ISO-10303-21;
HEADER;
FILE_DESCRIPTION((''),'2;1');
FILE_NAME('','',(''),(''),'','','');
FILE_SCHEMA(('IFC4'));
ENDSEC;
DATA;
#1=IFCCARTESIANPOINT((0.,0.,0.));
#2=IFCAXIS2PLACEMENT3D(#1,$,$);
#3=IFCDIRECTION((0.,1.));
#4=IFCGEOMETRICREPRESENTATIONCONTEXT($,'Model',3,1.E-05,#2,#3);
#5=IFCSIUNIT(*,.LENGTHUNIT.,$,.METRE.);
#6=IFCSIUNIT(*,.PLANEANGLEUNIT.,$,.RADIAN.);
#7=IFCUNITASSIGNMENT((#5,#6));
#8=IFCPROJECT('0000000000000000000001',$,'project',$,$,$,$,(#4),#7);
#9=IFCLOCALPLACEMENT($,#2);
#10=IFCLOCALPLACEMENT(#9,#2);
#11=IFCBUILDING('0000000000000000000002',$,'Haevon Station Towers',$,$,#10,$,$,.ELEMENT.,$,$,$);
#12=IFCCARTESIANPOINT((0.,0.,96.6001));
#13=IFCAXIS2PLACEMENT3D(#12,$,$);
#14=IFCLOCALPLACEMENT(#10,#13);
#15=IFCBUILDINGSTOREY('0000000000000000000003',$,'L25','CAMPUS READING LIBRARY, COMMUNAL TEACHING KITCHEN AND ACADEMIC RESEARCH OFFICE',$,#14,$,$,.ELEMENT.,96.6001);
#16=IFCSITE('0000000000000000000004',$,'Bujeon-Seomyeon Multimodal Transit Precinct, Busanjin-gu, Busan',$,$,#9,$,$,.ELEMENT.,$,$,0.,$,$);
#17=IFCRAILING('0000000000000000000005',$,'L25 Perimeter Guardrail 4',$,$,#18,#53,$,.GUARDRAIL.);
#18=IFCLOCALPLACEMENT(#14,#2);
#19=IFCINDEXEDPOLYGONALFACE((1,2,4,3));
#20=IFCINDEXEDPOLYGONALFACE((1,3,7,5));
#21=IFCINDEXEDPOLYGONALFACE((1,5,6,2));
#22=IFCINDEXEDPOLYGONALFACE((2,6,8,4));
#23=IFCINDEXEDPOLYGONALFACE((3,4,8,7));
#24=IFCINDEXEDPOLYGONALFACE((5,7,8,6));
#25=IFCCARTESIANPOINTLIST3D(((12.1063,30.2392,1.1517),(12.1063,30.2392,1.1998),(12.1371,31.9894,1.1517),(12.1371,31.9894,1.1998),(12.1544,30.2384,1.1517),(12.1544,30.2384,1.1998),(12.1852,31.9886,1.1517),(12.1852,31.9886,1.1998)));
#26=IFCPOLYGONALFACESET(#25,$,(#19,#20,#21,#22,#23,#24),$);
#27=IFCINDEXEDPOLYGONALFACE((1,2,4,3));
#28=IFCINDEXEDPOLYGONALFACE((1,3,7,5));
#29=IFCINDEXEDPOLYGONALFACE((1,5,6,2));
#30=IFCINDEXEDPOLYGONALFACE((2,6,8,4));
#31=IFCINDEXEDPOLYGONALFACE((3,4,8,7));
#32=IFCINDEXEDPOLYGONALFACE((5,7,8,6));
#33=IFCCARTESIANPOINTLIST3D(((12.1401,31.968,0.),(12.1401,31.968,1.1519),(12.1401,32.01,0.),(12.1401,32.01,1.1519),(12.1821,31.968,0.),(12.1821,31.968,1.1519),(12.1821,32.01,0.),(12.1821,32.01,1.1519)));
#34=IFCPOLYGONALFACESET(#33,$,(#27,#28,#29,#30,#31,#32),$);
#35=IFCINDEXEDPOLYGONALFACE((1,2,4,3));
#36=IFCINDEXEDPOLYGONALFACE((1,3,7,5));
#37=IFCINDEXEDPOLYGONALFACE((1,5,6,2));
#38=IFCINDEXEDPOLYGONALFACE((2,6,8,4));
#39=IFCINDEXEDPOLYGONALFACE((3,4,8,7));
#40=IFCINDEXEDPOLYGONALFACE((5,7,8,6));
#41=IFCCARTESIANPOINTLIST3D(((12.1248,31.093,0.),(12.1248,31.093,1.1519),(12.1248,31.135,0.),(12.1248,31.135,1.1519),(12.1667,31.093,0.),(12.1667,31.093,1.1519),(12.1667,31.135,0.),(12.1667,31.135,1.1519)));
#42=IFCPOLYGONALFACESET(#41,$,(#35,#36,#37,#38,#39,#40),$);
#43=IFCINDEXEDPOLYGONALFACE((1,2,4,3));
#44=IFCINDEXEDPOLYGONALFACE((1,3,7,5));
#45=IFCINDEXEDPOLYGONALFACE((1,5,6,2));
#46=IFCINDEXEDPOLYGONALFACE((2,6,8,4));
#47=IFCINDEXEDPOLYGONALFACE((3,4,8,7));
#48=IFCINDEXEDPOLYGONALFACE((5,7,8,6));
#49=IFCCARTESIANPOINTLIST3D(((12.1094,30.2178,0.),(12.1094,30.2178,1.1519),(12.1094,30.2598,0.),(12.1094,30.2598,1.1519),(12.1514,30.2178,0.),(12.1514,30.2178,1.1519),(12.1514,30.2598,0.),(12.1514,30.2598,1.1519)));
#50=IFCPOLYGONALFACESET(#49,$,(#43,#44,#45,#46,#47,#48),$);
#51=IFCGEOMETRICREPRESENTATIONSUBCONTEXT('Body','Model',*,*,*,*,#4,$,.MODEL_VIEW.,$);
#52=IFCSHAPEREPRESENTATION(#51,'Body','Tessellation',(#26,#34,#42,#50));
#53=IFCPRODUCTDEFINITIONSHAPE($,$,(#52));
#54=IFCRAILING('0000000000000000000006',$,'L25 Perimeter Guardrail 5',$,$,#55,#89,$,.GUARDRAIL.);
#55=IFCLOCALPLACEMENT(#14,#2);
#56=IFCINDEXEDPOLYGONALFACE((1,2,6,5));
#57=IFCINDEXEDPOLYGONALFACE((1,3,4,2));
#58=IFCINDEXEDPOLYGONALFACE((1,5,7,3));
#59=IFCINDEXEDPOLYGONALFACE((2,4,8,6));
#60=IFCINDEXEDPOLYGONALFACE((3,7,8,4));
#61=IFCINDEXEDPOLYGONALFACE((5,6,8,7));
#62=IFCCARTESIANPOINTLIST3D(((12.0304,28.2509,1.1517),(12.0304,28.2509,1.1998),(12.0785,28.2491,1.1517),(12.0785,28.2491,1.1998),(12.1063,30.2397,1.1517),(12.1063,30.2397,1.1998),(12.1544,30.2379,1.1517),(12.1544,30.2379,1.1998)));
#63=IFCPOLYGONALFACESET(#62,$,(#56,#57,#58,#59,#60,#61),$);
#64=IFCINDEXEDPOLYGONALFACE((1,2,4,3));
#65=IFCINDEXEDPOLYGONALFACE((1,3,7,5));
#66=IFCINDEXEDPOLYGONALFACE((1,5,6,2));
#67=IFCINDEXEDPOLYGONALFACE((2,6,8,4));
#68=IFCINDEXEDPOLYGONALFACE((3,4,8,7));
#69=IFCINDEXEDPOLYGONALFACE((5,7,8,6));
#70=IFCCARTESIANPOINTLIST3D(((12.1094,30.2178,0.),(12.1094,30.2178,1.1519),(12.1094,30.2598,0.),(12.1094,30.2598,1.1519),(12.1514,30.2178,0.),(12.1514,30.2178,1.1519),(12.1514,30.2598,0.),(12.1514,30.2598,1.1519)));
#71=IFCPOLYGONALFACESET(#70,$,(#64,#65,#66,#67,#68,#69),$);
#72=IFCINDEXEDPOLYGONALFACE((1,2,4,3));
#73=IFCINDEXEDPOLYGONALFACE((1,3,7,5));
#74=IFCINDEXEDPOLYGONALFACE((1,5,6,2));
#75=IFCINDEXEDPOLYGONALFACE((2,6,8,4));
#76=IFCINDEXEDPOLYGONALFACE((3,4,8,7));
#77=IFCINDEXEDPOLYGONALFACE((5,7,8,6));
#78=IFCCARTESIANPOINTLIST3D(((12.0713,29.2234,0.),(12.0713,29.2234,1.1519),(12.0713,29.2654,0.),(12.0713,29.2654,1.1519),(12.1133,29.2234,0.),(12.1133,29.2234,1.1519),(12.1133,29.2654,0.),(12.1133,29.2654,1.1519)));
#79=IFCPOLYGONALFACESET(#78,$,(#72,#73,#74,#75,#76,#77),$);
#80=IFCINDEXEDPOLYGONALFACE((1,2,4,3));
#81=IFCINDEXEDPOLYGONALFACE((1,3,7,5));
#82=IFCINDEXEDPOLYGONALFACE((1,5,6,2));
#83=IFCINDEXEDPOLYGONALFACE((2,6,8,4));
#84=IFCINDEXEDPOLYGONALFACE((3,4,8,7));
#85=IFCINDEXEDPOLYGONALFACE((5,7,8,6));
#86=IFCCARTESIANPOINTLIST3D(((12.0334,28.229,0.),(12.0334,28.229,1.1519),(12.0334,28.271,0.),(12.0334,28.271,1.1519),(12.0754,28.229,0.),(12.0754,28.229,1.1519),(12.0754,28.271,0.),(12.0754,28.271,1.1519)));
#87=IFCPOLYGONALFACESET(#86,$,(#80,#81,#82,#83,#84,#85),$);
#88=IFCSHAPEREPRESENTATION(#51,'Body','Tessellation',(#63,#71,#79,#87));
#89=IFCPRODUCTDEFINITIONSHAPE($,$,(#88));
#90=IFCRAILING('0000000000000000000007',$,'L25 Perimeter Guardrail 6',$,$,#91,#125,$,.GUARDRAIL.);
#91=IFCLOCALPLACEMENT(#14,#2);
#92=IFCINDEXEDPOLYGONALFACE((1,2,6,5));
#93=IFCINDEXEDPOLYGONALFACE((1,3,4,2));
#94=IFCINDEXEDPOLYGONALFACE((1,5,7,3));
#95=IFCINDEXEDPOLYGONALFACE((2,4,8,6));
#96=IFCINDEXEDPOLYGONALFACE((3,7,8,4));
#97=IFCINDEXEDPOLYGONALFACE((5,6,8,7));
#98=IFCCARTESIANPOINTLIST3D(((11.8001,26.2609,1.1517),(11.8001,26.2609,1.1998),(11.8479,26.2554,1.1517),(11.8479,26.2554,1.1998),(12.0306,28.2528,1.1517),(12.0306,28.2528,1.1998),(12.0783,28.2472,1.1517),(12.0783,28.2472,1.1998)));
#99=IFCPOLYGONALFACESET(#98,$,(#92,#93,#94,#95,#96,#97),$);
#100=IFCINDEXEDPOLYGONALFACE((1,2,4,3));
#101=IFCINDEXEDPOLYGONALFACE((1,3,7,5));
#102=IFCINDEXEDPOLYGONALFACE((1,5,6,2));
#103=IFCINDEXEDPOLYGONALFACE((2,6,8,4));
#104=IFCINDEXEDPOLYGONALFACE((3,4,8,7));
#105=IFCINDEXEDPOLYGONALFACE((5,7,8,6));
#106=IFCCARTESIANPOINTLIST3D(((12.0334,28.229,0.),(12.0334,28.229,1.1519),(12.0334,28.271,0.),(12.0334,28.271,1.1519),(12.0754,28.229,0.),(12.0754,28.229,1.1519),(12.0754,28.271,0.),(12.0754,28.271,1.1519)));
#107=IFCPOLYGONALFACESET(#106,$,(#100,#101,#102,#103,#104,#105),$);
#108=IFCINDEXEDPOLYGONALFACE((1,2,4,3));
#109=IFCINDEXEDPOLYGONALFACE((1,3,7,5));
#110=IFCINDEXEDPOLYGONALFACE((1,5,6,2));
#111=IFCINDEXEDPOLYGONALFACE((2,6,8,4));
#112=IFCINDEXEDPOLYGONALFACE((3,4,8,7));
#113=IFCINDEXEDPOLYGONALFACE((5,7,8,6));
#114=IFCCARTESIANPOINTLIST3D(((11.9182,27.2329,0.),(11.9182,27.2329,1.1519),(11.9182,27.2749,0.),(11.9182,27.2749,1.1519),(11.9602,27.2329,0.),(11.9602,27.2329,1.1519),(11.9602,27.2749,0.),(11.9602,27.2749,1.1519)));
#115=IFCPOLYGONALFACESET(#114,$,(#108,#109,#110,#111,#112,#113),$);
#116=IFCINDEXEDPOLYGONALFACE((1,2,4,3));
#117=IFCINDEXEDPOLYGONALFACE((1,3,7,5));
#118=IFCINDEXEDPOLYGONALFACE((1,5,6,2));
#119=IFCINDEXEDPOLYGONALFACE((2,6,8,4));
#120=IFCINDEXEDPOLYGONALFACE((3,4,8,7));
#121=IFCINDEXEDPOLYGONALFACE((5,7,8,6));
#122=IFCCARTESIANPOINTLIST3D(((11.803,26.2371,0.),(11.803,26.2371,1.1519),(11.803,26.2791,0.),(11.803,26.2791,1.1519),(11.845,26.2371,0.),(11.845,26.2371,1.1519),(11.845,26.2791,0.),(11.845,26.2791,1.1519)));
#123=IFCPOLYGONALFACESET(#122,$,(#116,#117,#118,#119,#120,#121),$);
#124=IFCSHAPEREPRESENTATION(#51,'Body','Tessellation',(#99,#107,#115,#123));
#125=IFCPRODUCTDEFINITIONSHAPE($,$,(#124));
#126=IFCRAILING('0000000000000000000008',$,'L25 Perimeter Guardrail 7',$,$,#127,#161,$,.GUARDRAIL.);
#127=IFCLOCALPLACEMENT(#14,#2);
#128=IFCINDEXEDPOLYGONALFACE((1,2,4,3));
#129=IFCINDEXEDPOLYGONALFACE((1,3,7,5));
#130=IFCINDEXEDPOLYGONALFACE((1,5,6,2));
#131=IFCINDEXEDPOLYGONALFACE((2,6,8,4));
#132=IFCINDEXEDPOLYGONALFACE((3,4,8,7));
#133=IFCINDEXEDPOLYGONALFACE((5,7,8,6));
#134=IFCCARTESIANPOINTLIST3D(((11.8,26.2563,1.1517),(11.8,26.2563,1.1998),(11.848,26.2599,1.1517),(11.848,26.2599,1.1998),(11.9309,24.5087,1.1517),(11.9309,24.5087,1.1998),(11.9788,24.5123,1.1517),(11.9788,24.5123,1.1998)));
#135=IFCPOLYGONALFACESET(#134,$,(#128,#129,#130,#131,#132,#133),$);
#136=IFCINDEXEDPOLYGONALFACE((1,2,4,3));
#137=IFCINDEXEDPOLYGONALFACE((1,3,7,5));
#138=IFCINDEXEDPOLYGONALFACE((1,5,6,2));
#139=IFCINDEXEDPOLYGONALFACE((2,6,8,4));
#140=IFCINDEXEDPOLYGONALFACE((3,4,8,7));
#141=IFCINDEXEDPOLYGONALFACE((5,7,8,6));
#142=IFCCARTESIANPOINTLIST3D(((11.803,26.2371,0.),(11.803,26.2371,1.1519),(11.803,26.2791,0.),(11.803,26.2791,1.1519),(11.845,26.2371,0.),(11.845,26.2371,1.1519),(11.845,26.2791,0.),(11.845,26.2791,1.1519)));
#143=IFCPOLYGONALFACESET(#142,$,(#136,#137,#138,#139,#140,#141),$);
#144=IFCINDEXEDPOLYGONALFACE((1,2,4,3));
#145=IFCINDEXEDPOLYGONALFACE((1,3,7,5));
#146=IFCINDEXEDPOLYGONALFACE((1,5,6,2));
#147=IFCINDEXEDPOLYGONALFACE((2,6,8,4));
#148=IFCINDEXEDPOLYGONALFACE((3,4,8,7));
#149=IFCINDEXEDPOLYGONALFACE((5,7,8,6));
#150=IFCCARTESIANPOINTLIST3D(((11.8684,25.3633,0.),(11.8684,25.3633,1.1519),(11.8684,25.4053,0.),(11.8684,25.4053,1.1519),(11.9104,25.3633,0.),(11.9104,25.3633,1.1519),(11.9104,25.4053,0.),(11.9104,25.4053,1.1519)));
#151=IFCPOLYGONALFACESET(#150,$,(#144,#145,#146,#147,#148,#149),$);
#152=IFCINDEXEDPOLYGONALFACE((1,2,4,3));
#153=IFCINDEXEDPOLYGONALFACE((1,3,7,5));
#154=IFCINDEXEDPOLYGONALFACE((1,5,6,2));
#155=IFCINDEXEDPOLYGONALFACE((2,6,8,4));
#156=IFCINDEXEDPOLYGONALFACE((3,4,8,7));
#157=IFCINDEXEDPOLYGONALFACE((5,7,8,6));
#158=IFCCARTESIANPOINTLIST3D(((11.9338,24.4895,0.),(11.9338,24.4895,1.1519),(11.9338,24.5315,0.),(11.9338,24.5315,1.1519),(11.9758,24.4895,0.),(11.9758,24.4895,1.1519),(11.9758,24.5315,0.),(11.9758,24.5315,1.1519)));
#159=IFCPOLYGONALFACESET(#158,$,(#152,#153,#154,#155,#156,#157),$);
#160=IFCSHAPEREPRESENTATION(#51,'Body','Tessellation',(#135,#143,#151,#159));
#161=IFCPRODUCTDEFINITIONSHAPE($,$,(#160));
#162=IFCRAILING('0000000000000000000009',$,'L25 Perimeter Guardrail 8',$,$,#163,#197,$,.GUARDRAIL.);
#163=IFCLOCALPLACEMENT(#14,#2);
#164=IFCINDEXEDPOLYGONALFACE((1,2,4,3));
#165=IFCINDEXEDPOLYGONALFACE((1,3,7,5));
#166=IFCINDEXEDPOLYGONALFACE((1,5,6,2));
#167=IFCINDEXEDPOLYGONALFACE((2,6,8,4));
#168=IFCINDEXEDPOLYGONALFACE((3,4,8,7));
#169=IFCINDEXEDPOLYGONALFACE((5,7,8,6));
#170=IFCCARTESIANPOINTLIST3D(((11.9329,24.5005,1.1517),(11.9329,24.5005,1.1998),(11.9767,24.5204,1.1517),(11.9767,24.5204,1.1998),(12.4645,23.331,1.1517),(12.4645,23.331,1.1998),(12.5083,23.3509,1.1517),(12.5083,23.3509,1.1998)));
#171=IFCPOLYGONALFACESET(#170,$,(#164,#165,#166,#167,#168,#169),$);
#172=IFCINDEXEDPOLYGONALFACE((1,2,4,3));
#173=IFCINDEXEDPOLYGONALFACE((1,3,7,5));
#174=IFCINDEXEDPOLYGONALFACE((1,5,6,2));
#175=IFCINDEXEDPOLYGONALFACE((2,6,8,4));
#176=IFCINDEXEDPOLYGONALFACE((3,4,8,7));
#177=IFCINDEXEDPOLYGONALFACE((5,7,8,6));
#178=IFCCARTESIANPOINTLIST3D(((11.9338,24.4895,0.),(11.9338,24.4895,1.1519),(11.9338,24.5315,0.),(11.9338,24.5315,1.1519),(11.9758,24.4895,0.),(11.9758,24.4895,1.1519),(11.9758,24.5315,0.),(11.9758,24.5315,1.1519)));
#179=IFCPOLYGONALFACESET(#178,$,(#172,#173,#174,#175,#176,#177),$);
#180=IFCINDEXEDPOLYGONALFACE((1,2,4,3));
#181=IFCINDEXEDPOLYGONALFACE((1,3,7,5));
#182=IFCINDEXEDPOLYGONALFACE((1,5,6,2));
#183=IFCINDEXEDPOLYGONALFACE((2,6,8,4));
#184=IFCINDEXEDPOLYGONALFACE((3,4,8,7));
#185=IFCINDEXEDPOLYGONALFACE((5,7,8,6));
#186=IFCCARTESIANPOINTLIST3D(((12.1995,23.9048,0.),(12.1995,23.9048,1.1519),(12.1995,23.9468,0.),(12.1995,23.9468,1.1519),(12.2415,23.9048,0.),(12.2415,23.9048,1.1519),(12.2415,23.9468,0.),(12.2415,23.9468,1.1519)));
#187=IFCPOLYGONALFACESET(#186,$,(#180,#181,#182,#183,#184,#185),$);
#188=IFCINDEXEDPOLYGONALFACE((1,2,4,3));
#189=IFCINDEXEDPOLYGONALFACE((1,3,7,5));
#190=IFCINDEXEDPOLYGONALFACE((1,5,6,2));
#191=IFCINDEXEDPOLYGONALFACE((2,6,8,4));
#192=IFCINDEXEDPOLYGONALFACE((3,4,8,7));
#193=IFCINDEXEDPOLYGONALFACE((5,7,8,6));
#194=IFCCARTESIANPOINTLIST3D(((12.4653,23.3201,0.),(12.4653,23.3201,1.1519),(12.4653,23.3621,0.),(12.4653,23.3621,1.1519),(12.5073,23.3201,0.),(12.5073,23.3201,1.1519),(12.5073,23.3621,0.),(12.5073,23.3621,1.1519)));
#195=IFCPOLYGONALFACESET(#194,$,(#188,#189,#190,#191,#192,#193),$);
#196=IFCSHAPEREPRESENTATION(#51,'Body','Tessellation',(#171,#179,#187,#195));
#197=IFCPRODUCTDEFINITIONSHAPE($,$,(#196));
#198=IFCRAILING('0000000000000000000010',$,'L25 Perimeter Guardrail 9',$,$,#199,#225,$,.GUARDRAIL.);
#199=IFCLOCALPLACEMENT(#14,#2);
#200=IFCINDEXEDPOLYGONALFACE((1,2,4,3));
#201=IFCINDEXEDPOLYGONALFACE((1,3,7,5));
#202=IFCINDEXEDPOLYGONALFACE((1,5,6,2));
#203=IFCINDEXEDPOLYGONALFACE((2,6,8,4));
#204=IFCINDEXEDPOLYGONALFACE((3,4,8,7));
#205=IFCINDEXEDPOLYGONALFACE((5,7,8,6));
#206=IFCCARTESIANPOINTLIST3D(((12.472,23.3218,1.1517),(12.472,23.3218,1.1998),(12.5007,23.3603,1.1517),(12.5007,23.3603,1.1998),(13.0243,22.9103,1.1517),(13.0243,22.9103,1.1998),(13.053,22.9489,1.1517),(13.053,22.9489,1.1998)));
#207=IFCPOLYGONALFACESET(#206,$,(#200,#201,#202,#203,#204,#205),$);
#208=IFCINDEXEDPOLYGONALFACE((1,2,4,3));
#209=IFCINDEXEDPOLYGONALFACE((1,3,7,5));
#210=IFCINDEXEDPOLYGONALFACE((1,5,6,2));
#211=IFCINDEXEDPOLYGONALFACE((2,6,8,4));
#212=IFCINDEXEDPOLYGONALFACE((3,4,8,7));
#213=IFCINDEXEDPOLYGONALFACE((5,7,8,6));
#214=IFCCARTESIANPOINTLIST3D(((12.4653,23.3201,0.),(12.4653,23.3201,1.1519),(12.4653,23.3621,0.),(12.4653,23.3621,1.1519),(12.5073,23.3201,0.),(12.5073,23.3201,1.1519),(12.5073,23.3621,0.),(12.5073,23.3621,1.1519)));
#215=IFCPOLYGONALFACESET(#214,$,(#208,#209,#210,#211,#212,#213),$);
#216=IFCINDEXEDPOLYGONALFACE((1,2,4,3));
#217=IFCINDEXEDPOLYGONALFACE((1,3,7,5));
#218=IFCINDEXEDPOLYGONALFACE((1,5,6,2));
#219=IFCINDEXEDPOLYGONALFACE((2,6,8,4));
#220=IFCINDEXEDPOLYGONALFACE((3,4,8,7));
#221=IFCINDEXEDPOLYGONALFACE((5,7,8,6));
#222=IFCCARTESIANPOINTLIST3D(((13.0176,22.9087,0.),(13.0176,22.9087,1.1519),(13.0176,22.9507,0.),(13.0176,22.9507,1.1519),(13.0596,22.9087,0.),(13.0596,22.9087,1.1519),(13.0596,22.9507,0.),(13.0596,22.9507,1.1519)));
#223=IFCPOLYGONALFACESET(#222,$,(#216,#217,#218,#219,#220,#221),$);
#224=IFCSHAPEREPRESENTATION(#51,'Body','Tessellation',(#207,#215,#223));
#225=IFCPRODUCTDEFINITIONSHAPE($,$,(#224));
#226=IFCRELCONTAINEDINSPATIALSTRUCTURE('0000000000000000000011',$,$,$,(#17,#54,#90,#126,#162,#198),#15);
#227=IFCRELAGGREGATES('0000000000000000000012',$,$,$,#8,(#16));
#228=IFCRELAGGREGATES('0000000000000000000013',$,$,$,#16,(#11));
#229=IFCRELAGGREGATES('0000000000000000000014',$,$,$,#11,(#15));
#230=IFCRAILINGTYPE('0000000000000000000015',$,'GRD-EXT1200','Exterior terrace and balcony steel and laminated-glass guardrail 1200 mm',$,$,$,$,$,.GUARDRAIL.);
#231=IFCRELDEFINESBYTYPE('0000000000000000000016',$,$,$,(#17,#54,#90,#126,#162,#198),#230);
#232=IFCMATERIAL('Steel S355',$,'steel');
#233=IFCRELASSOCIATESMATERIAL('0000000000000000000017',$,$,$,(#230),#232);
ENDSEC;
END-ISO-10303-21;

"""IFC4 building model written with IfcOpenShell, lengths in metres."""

from ifc_helpers import new_model, si_unit, direction, frame, origin, origin_2d, place, context, subcontext, project, spatial, rectangle, extrude, material, type_object, element, save


model = new_model("IFC4")

# Units and contexts
model_context = context("Model", 3, precision=1e-05, world=origin(), true_north=direction((0.0, 1.0)))
body_context = subcontext(model_context, "Body", "Model", "MODEL_VIEW")
ifc_project = project(units=[si_unit("LENGTHUNIT", "METRE"), si_unit("PLANEANGLEUNIT", "RADIAN")], contexts=[model_context])

# Site, building, storey
site_placement = place(None, origin())
site = spatial("IfcSite", under=ifc_project, at=site_placement, Name="Bujeon-Seomyeon Multimodal Transit Precinct, Busanjin-gu, Busan", CompositionType="ELEMENT", RefElevation=0.0)
building_placement = place(site_placement, origin())
building = spatial("IfcBuilding", under=site, at=building_placement, Name="Haevon Station Towers", CompositionType="ELEMENT")
storey_placement = place(building_placement, frame((0.0, 0.0, 96.6001)))
storey = spatial("IfcBuildingStorey", under=building, at=storey_placement, Name="L25", Description="CAMPUS READING LIBRARY, COMMUNAL TEACHING KITCHEN AND ACADEMIC RESEARCH OFFICE", CompositionType="ELEMENT", Elevation=96.6001)

# Shared definitions
ifc_material_1 = material(Name="Steel S355", Category="steel")

# Railings
railing_type = type_object("IfcRailingType", Name="GRD-EXT1200", Description="Exterior terrace and balcony steel and laminated-glass guardrail 1200 mm", PredefinedType="GUARDRAIL", material=ifc_material_1)
railing_1_placement = place(storey_placement, frame((12.1611, 31.989, 0.0)))
element("IfcRailing", 1, at=railing_1_placement, inside=storey, type_object=railing_type, Name="L25 Perimeter Guardrail 4", PredefinedType="GUARDRAIL", context=body_context, shape_type="SweptSolid", body=[
    extrude(rectangle(XDim=0.0481, YDim=0.0481, at=origin_2d()), frame((0.0, 0.0, 1.1758), z_axis=(-0.017573, -0.999846, 0.0), x_axis=(0.999846, -0.017573, 0.0)), (0.0, 0.0, 1.0), 1.7505),
    extrude(rectangle(XDim=0.042, YDim=0.042, at=origin_2d()), origin(), (0.0, 0.0, 1.0), 1.1519),
    extrude(rectangle(XDim=0.042, YDim=0.042, at=origin_2d()), frame((-0.0154, -0.875, 0.0)), (0.0, 0.0, 1.0), 1.1519),
    extrude(rectangle(XDim=0.042, YDim=0.042, at=origin_2d()), frame((-0.0308, -1.7502, 0.0)), (0.0, 0.0, 1.0), 1.1519),
])
railing_2_placement = place(storey_placement, frame((12.1304, 30.2388, 0.0)))
element("IfcRailing", 2, at=railing_2_placement, inside=storey, type_object=railing_type, Name="L25 Perimeter Guardrail 5", PredefinedType="GUARDRAIL", context=body_context, shape_type="SweptSolid", body=[
    extrude(rectangle(XDim=0.0481, YDim=0.0481, at=origin_2d()), frame((0.0, 0.0, 1.1758), z_axis=(-0.03815, -0.999272, 0.0), x_axis=(0.999272, -0.03815, 0.0)), (0.0, 0.0, 1.0), 1.9902),
    extrude(rectangle(XDim=0.042, YDim=0.042, at=origin_2d()), origin(), (0.0, 0.0, 1.0), 1.1519),
    extrude(rectangle(XDim=0.042, YDim=0.042, at=origin_2d()), frame((-0.0381, -0.9944, 0.0)), (0.0, 0.0, 1.0), 1.1519),
    extrude(rectangle(XDim=0.042, YDim=0.042, at=origin_2d()), frame((-0.0759, -1.9888, 0.0)), (0.0, 0.0, 1.0), 1.1519),
])
railing_3_placement = place(storey_placement, frame((12.0544, 28.25, 0.0)))
element("IfcRailing", 3, at=railing_3_placement, inside=storey, type_object=railing_type, Name="L25 Perimeter Guardrail 6", PredefinedType="GUARDRAIL", context=body_context, shape_type="SweptSolid", body=[
    extrude(rectangle(XDim=0.0481, YDim=0.0481, at=origin_2d()), frame((0.0, 0.0, 1.1758), z_axis=(-0.114934, -0.993373, 0.0), x_axis=(0.993373, -0.114934, 0.0)), (0.0, 0.0, 1.0), 2.0051),
    extrude(rectangle(XDim=0.042, YDim=0.042, at=origin_2d()), origin(), (0.0, 0.0, 1.0), 1.1519),
    extrude(rectangle(XDim=0.042, YDim=0.042, at=origin_2d()), frame((-0.1152, -0.9961, 0.0)), (0.0, 0.0, 1.0), 1.1519),
    extrude(rectangle(XDim=0.042, YDim=0.042, at=origin_2d()), frame((-0.2305, -1.9919, 0.0)), (0.0, 0.0, 1.0), 1.1519),
])
railing_4_placement = place(storey_placement, frame((11.824, 26.2581, 0.0)))
element("IfcRailing", 4, at=railing_4_placement, inside=storey, type_object=railing_type, Name="L25 Perimeter Guardrail 7", PredefinedType="GUARDRAIL", context=body_context, shape_type="SweptSolid", body=[
    extrude(rectangle(XDim=0.0481, YDim=0.0481, at=origin_2d()), frame((0.0, 0.0, 1.1758), z_axis=(0.074672, -0.997208, 0.0), x_axis=(0.997208, 0.074672, 0.0)), (0.0, 0.0, 1.0), 1.7524),
    extrude(rectangle(XDim=0.042, YDim=0.042, at=origin_2d()), origin(), (0.0, 0.0, 1.0), 1.1519),
    extrude(rectangle(XDim=0.042, YDim=0.042, at=origin_2d()), frame((0.0654, -0.8738, 0.0)), (0.0, 0.0, 1.0), 1.1519),
    extrude(rectangle(XDim=0.042, YDim=0.042, at=origin_2d()), frame((0.1309, -1.7476, 0.0)), (0.0, 0.0, 1.0), 1.1519),
])
railing_5_placement = place(storey_placement, frame((11.9548, 24.5105, 0.0)))
element("IfcRailing", 5, at=railing_5_placement, inside=storey, type_object=railing_type, Name="L25 Perimeter Guardrail 8", PredefinedType="GUARDRAIL", context=body_context, shape_type="SweptSolid", body=[
    extrude(rectangle(XDim=0.0481, YDim=0.0481, at=origin_2d()), frame((0.0, 0.0, 1.1758), z_axis=(0.41376, -0.910386, 0.0), x_axis=(0.910386, 0.41376, 0.0)), (0.0, 0.0, 1.0), 1.2847),
    extrude(rectangle(XDim=0.042, YDim=0.042, at=origin_2d()), origin(), (0.0, 0.0, 1.0), 1.1519),
    extrude(rectangle(XDim=0.042, YDim=0.042, at=origin_2d()), frame((0.2656, -0.5847, 0.0)), (0.0, 0.0, 1.0), 1.1519),
    extrude(rectangle(XDim=0.042, YDim=0.042, at=origin_2d()), frame((0.5315, -1.1694, 0.0)), (0.0, 0.0, 1.0), 1.1519),
])
railing_6_placement = place(storey_placement, frame((12.4863, 23.3411, 0.0)))
element("IfcRailing", 6, at=railing_6_placement, inside=storey, type_object=railing_type, Name="L25 Perimeter Guardrail 9", PredefinedType="GUARDRAIL", context=body_context, shape_type="SweptSolid", body=[
    extrude(rectangle(XDim=0.0481, YDim=0.0481, at=origin_2d()), frame((0.0, 0.0, 1.1758), z_axis=(0.801953, -0.597387, 0.0), x_axis=(0.597387, 0.801953, 0.0)), (0.0, 0.0, 1.0), 0.6887),
    extrude(rectangle(XDim=0.042, YDim=0.042, at=origin_2d()), origin(), (0.0, 0.0, 1.0), 1.1519),
    extrude(rectangle(XDim=0.042, YDim=0.042, at=origin_2d()), frame((0.5522, -0.4114, 0.0)), (0.0, 0.0, 1.0), 1.1519),
])

save(model, "model.ifc")
